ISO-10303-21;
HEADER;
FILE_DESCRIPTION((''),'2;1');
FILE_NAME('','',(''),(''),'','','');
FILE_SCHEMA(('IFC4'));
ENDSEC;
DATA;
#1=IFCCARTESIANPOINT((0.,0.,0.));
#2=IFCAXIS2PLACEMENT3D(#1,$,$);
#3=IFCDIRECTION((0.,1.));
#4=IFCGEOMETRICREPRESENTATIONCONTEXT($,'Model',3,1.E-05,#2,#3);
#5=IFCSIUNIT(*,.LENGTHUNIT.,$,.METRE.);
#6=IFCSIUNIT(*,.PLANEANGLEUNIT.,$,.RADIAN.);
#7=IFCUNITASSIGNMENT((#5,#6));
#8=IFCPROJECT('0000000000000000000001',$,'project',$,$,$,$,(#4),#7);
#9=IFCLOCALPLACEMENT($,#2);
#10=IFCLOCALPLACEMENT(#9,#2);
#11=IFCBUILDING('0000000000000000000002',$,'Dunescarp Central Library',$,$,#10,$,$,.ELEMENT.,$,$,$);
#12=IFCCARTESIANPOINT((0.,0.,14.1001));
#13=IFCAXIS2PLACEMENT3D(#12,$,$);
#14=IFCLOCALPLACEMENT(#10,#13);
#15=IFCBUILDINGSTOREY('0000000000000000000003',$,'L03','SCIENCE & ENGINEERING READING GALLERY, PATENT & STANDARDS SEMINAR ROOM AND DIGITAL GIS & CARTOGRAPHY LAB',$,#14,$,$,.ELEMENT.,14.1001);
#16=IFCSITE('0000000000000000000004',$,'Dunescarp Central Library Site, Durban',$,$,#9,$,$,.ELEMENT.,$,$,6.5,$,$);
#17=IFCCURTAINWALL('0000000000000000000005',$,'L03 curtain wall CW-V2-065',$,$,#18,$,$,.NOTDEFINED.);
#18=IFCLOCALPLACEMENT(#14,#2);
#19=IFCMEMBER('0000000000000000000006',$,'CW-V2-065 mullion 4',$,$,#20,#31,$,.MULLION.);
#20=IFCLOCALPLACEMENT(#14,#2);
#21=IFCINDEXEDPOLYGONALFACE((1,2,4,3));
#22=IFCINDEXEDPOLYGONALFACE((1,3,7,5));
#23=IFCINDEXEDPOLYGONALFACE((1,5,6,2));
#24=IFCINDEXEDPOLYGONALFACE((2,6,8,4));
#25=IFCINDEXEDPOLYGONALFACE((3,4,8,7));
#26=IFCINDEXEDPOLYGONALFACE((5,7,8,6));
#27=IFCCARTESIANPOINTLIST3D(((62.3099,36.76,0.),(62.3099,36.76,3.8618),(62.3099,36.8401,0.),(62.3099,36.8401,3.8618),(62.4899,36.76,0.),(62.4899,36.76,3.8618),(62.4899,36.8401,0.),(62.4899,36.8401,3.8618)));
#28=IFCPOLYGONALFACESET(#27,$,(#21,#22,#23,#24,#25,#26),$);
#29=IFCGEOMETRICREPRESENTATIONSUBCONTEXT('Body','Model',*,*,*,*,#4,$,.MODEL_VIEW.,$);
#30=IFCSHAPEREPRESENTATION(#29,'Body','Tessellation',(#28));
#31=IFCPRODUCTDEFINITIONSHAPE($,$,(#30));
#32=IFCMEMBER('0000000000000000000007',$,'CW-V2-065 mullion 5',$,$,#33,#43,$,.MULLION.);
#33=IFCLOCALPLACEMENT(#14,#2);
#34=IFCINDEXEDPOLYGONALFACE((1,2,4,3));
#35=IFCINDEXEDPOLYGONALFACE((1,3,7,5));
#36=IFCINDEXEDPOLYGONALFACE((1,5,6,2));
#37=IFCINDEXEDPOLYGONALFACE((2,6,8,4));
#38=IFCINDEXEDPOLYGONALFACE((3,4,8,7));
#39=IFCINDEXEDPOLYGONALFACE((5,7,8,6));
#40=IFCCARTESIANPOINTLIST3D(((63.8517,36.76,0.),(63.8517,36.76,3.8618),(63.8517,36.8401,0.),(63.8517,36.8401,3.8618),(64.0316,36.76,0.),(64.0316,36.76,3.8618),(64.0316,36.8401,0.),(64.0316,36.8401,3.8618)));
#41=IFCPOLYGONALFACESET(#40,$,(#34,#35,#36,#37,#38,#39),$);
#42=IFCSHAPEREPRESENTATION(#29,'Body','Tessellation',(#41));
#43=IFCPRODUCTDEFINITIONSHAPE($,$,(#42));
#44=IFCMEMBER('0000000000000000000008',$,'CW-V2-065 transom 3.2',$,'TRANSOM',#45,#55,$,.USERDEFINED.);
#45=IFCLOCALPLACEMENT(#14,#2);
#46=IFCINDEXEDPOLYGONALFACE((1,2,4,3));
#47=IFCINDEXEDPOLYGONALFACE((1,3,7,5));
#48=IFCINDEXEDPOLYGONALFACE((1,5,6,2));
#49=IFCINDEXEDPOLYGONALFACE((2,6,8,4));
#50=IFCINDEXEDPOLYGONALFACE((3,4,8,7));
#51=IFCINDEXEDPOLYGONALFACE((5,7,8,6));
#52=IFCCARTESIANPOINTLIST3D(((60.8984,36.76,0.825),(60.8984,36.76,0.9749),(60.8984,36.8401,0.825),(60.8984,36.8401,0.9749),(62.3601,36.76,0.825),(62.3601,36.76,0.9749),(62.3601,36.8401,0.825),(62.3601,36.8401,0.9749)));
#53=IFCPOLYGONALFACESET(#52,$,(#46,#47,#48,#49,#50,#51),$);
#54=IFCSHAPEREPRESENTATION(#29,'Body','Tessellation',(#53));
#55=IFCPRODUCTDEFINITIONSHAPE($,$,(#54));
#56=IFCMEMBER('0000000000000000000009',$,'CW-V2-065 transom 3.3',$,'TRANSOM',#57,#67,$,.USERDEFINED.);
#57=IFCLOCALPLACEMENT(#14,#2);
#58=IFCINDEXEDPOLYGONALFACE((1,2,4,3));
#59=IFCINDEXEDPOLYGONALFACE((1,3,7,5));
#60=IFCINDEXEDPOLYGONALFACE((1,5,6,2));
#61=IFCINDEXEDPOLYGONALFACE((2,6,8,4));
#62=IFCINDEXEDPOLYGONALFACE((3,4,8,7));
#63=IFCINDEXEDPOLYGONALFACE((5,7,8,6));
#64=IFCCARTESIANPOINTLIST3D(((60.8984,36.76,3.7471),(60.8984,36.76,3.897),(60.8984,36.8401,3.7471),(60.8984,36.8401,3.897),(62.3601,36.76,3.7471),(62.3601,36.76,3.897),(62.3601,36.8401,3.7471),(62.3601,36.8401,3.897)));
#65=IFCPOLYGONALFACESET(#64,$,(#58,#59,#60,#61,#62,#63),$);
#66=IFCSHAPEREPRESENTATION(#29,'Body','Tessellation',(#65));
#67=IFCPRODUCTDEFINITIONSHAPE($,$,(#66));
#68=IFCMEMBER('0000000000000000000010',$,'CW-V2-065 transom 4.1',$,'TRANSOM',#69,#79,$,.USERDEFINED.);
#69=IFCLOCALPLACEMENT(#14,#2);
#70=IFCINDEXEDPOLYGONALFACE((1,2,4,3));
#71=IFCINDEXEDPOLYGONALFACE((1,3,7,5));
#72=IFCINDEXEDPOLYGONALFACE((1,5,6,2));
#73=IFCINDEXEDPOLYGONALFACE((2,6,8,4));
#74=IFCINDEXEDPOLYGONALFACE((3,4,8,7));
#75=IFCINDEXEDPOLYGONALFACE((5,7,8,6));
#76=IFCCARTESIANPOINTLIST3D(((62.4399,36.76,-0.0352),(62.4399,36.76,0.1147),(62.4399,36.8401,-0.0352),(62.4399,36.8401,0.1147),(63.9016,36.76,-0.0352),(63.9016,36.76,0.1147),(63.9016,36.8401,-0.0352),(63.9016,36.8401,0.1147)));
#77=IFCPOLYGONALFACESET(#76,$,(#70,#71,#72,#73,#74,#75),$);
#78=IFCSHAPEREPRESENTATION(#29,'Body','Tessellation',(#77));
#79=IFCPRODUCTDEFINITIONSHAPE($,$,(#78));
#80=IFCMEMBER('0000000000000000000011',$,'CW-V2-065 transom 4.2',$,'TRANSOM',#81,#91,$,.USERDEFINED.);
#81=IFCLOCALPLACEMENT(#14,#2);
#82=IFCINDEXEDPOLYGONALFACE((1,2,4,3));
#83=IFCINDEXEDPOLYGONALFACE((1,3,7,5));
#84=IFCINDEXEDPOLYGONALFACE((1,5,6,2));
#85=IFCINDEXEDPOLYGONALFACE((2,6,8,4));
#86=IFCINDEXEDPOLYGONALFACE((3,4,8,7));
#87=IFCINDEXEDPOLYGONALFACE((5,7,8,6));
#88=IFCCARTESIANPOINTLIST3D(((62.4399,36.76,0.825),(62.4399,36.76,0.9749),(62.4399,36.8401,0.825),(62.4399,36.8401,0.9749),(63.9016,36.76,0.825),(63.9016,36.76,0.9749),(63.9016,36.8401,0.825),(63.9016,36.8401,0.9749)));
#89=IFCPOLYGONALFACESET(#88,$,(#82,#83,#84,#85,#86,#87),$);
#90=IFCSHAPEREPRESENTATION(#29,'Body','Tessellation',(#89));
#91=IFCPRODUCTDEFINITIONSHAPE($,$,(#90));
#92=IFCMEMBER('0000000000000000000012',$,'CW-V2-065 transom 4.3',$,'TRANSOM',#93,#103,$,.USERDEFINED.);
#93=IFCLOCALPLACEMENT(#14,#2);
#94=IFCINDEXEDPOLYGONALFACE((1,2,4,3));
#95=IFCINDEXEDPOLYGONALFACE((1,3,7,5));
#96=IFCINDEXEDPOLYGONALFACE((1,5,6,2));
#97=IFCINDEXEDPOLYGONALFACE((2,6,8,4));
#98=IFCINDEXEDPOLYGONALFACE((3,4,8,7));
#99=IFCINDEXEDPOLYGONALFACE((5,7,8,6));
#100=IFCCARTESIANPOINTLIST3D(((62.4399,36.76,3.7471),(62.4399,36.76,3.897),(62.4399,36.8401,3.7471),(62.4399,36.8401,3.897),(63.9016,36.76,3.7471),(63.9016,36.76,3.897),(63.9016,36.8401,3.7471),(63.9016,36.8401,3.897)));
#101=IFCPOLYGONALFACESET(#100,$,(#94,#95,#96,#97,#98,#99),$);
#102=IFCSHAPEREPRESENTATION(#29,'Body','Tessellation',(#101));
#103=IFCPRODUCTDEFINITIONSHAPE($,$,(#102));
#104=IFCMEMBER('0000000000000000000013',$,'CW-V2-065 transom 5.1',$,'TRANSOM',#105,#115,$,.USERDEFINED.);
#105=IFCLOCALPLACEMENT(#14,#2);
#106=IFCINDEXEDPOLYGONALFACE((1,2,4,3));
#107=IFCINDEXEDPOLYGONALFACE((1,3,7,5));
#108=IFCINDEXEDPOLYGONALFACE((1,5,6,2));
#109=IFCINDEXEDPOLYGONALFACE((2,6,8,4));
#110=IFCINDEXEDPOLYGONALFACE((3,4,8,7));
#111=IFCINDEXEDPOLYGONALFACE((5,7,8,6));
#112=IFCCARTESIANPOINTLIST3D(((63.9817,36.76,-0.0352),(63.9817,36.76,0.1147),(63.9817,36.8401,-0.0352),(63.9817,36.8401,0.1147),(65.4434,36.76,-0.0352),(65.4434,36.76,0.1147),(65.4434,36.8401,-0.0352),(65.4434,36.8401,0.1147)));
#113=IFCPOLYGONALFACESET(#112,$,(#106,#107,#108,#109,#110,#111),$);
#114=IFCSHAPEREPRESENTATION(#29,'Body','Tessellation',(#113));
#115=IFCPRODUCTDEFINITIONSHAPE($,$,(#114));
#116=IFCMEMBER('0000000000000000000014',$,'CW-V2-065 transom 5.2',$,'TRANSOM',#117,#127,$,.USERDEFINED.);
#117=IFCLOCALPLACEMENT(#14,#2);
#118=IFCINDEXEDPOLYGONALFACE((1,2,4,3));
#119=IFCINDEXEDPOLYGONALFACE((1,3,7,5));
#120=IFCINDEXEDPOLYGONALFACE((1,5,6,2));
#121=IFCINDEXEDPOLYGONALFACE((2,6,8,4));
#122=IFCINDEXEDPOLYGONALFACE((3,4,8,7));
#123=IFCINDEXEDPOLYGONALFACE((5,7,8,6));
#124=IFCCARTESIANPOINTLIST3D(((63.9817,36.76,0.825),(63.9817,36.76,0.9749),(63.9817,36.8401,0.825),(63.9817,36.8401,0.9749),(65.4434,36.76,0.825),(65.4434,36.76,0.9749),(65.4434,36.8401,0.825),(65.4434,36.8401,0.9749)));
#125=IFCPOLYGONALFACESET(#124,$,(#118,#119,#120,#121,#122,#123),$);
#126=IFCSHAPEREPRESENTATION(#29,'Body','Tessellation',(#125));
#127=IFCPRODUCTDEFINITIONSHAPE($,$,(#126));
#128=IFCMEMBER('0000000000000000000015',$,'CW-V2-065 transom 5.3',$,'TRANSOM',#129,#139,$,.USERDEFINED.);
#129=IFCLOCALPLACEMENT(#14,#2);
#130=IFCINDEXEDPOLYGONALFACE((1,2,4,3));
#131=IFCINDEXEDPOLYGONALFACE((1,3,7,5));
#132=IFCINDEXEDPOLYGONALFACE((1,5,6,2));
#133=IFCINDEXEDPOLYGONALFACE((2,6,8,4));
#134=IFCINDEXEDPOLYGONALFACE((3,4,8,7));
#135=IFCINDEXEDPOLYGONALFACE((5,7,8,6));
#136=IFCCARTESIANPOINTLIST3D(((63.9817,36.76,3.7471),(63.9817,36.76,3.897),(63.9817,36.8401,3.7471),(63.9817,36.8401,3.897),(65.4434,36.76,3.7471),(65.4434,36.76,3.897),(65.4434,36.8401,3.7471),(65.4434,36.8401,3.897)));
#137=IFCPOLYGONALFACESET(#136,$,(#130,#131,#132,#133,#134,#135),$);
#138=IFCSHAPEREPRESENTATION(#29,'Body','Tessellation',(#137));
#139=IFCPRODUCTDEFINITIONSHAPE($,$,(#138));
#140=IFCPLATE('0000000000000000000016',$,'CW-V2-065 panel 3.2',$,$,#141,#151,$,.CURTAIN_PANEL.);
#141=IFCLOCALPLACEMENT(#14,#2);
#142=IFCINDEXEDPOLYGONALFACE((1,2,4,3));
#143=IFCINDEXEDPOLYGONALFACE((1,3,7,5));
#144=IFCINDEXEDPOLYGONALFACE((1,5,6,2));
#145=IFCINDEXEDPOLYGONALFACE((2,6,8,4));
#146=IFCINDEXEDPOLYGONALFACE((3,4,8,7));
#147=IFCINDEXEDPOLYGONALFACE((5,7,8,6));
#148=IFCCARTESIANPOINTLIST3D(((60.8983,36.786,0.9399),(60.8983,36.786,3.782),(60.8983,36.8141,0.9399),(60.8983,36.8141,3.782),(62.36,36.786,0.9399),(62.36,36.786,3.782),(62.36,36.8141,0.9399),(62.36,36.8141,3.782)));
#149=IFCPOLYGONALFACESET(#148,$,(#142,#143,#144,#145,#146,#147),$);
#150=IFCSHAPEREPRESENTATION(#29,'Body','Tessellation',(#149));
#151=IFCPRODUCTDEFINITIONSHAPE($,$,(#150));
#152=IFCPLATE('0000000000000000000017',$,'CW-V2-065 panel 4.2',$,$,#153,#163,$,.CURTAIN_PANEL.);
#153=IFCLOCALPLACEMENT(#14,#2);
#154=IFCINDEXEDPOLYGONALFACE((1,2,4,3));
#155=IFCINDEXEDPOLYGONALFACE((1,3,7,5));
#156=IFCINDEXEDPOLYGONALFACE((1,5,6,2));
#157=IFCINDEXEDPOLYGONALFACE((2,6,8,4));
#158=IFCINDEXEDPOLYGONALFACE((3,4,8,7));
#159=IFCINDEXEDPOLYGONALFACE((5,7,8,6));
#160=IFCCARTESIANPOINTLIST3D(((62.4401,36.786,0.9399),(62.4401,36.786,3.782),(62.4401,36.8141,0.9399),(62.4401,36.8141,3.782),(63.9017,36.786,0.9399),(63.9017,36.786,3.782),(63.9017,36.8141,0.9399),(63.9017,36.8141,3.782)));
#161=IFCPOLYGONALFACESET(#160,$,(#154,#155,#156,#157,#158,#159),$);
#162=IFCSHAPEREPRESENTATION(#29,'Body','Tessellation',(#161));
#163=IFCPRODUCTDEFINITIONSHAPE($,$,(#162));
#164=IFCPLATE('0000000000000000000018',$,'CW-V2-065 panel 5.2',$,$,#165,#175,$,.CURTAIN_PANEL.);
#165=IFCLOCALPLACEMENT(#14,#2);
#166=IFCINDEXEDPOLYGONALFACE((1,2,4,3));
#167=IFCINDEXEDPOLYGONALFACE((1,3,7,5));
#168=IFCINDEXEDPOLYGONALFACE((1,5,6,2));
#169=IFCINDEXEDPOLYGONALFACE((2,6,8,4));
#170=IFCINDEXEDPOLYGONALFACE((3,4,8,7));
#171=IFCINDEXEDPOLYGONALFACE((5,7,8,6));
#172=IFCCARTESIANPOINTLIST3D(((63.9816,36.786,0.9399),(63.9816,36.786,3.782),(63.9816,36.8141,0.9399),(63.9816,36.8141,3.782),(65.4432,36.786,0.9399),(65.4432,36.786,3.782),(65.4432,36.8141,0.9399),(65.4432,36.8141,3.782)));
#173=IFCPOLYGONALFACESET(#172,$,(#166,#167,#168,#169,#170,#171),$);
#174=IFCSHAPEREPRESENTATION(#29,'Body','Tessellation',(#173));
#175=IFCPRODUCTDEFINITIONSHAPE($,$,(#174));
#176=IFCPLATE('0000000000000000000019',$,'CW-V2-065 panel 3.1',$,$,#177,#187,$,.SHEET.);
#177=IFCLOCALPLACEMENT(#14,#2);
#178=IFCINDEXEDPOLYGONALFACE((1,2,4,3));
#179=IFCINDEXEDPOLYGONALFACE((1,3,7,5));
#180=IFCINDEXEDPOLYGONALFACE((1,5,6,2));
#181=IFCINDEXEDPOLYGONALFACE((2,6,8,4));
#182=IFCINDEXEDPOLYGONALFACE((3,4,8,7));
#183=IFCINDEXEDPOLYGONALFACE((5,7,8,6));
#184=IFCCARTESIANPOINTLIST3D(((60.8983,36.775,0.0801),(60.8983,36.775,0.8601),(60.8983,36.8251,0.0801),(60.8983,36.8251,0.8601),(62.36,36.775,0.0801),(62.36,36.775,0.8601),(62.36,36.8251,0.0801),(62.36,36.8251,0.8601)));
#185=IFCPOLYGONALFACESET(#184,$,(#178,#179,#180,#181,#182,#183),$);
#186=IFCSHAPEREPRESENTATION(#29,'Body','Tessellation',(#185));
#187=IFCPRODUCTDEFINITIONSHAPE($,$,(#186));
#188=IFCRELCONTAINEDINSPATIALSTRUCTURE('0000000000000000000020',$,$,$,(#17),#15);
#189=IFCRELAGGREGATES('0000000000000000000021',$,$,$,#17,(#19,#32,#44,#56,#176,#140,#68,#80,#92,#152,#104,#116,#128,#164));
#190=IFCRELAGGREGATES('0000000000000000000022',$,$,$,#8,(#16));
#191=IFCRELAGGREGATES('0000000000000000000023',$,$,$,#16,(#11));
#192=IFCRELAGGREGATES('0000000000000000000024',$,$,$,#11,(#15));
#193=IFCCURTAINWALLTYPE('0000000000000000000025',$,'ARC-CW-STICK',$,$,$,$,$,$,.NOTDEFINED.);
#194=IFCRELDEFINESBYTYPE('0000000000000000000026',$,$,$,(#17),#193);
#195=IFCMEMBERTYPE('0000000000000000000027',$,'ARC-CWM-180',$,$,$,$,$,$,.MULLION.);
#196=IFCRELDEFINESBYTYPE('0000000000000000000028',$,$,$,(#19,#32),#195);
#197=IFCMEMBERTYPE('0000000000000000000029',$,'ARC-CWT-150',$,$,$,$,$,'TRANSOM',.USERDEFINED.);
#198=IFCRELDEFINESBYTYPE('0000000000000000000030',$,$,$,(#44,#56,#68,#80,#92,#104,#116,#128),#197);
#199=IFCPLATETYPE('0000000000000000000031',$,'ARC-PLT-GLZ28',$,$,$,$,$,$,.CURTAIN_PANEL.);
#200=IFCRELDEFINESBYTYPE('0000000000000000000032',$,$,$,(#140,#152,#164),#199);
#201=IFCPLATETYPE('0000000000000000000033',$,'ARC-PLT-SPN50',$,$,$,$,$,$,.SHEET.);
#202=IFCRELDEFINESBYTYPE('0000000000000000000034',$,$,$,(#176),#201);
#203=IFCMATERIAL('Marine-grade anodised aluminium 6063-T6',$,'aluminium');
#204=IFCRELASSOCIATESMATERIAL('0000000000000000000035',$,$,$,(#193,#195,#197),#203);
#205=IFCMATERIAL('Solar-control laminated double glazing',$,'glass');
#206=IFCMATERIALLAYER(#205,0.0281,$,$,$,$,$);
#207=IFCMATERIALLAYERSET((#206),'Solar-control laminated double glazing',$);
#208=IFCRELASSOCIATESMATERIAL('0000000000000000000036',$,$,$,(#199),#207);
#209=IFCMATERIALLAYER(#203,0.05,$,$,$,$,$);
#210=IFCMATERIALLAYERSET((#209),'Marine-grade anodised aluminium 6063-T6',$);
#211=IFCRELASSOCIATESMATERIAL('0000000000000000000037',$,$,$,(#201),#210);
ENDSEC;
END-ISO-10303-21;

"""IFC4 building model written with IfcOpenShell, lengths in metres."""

from ifc_helpers import new_model, si_unit, direction, frame, origin, origin_2d, place, context, subcontext, project, spatial, rectangle, extrude, material, layer, layer_set, material_profile, profile_set, type_object, element, aggregate, save


model = new_model("IFC4")

# Units and contexts
model_context = context("Model", 3, precision=1e-05, world=origin(), true_north=direction((0.0, 1.0)))
body_context = subcontext(model_context, "Body", "Model", "MODEL_VIEW")
ifc_project = project(units=[si_unit("LENGTHUNIT", "METRE"), si_unit("PLANEANGLEUNIT", "RADIAN")], contexts=[model_context])

# Site, building, storey
site_placement = place(None, origin())
site = spatial("IfcSite", under=ifc_project, at=site_placement, Name="Dunescarp Central Library Site, Durban", CompositionType="ELEMENT", RefElevation=6.5)
building_placement = place(site_placement, origin())
building = spatial("IfcBuilding", under=site, at=building_placement, Name="Dunescarp Central Library", CompositionType="ELEMENT")
storey_placement = place(building_placement, frame((0.0, 0.0, 14.1001)))
storey = spatial("IfcBuildingStorey", under=building, at=storey_placement, Name="L03", Description="SCIENCE & ENGINEERING READING GALLERY, PATENT & STANDARDS SEMINAR ROOM AND DIGITAL GIS & CARTOGRAPHY LAB", CompositionType="ELEMENT", Elevation=14.1001)

# Curtain wall, members, plates
ifc_material_1 = material(Name="Marine-grade anodised aluminium 6063-T6", Category="aluminium")
curtain_wall_type = type_object("IfcCurtainWallType", Name="ARC-CW-STICK", PredefinedType="NOTDEFINED", material=ifc_material_1)
curtain_wall_placement = place(storey_placement, origin())
curtain_wall = element("IfcCurtainWall", 1, at=curtain_wall_placement, inside=storey, type_object=curtain_wall_type, Name="L03 curtain wall CW-V2-065", PredefinedType="NOTDEFINED")
ifc_material_profile_1 = material_profile(ifc_material_1, rectangle(XDim=0.0801, YDim=0.1799, at=origin_2d()), Name="AL 80x180")
ifc_profile_set_1 = profile_set([ifc_material_profile_1], Name="Marine-grade anodised aluminium 6063-T6")
member_type_1 = type_object("IfcMemberType", Name="ARC-CWM-180", PredefinedType="MULLION", material=ifc_profile_set_1)
member_1_placement = place(storey_placement, frame((62.3999, 36.8, 0.0), z_axis=(0.0, 0.0, 1.0), x_axis=(0.0, 1.0, 0.0)))
member_1 = element("IfcMember", 2, at=member_1_placement, type_object=member_type_1, Name="CW-V2-065 mullion 4", PredefinedType="MULLION", context=body_context, shape_type="SweptSolid", body=[
    extrude(rectangle(XDim=0.0801, YDim=0.1799, at=origin_2d()), origin(), (0.0, 0.0, 1.0), 3.8618),
])
member_2_placement = place(storey_placement, frame((63.9417, 36.8, 0.0), z_axis=(0.0, 0.0, 1.0), x_axis=(0.0, 1.0, 0.0)))
member_2 = element("IfcMember", 3, at=member_2_placement, type_object=member_type_1, Name="CW-V2-065 mullion 5", PredefinedType="MULLION", context=body_context, shape_type="SweptSolid", body=[
    extrude(rectangle(XDim=0.0801, YDim=0.1799, at=origin_2d()), origin(), (0.0, 0.0, 1.0), 3.8618),
])
ifc_material_profile_2 = material_profile(ifc_material_1, rectangle(XDim=0.0801, YDim=0.1499, at=origin_2d()), Name="AL 80x150")
ifc_profile_set_2 = profile_set([ifc_material_profile_2], Name="Marine-grade anodised aluminium 6063-T6")
member_type_2 = type_object("IfcMemberType", Name="ARC-CWT-150", ElementType="TRANSOM", PredefinedType="USERDEFINED", material=ifc_profile_set_2)
member_3_placement = place(storey_placement, frame((60.8984, 36.8, 0.8999), z_axis=(1.0, 0.0, 0.0), x_axis=(0.0, 1.0, 0.0)))
member_3 = element("IfcMember", 4, at=member_3_placement, type_object=member_type_2, Name="CW-V2-065 transom 3.2", ObjectType="TRANSOM", PredefinedType="USERDEFINED", context=body_context, shape_type="SweptSolid", body=[
    extrude(rectangle(XDim=0.0801, YDim=0.1499, at=origin_2d()), origin(), (0.0, 0.0, 1.0), 1.4617),
])
member_4_placement = place(storey_placement, frame((60.8984, 36.8, 3.822), z_axis=(1.0, 0.0, 0.0), x_axis=(0.0, 1.0, 0.0)))
member_4 = element("IfcMember", 5, at=member_4_placement, type_object=member_type_2, Name="CW-V2-065 transom 3.3", ObjectType="TRANSOM", PredefinedType="USERDEFINED", context=body_context, shape_type="SweptSolid", body=[
    extrude(rectangle(XDim=0.0801, YDim=0.1499, at=origin_2d()), origin(), (0.0, 0.0, 1.0), 1.4617),
])
member_5_placement = place(storey_placement, frame((62.4399, 36.8, 0.0398), z_axis=(1.0, 0.0, 0.0), x_axis=(0.0, 1.0, 0.0)))
member_5 = element("IfcMember", 6, at=member_5_placement, type_object=member_type_2, Name="CW-V2-065 transom 4.1", ObjectType="TRANSOM", PredefinedType="USERDEFINED", context=body_context, shape_type="SweptSolid", body=[
    extrude(rectangle(XDim=0.0801, YDim=0.1499, at=origin_2d()), origin(), (0.0, 0.0, 1.0), 1.4617),
])
member_6_placement = place(storey_placement, frame((62.4399, 36.8, 0.8999), z_axis=(1.0, 0.0, 0.0), x_axis=(0.0, 1.0, 0.0)))
member_6 = element("IfcMember", 7, at=member_6_placement, type_object=member_type_2, Name="CW-V2-065 transom 4.2", ObjectType="TRANSOM", PredefinedType="USERDEFINED", context=body_context, shape_type="SweptSolid", body=[
    extrude(rectangle(XDim=0.0801, YDim=0.1499, at=origin_2d()), origin(), (0.0, 0.0, 1.0), 1.4617),
])
member_7_placement = place(storey_placement, frame((62.4399, 36.8, 3.822), z_axis=(1.0, 0.0, 0.0), x_axis=(0.0, 1.0, 0.0)))
member_7 = element("IfcMember", 8, at=member_7_placement, type_object=member_type_2, Name="CW-V2-065 transom 4.3", ObjectType="TRANSOM", PredefinedType="USERDEFINED", context=body_context, shape_type="SweptSolid", body=[
    extrude(rectangle(XDim=0.0801, YDim=0.1499, at=origin_2d()), origin(), (0.0, 0.0, 1.0), 1.4617),
])
member_8_placement = place(storey_placement, frame((63.9817, 36.8, 0.0398), z_axis=(1.0, 0.0, 0.0), x_axis=(0.0, 1.0, 0.0)))
member_8 = element("IfcMember", 9, at=member_8_placement, type_object=member_type_2, Name="CW-V2-065 transom 5.1", ObjectType="TRANSOM", PredefinedType="USERDEFINED", context=body_context, shape_type="SweptSolid", body=[
    extrude(rectangle(XDim=0.0801, YDim=0.1499, at=origin_2d()), origin(), (0.0, 0.0, 1.0), 1.4617),
])
member_9_placement = place(storey_placement, frame((63.9817, 36.8, 0.8999), z_axis=(1.0, 0.0, 0.0), x_axis=(0.0, 1.0, 0.0)))
member_9 = element("IfcMember", 10, at=member_9_placement, type_object=member_type_2, Name="CW-V2-065 transom 5.2", ObjectType="TRANSOM", PredefinedType="USERDEFINED", context=body_context, shape_type="SweptSolid", body=[
    extrude(rectangle(XDim=0.0801, YDim=0.1499, at=origin_2d()), origin(), (0.0, 0.0, 1.0), 1.4617),
])
member_10_placement = place(storey_placement, frame((63.9817, 36.8, 3.822), z_axis=(1.0, 0.0, 0.0), x_axis=(0.0, 1.0, 0.0)))
member_10 = element("IfcMember", 11, at=member_10_placement, type_object=member_type_2, Name="CW-V2-065 transom 5.3", ObjectType="TRANSOM", PredefinedType="USERDEFINED", context=body_context, shape_type="SweptSolid", body=[
    extrude(rectangle(XDim=0.0801, YDim=0.1499, at=origin_2d()), origin(), (0.0, 0.0, 1.0), 1.4617),
])
ifc_material_2 = material(Name="Solar-control laminated double glazing", Category="glass")
ifc_layer_1 = layer(ifc_material_2, 0.0281)
ifc_layer_set_1 = layer_set([ifc_layer_1], Name="Solar-control laminated double glazing")
plate_type_1 = type_object("IfcPlateType", Name="ARC-PLT-GLZ28", PredefinedType="CURTAIN_PANEL", material=ifc_layer_set_1)
plate_1_placement = place(storey_placement, frame((61.6292, 36.8, 0.9399), z_axis=(0.0, 0.0, 1.0), x_axis=(1.0, 0.0, 0.0)))
plate_1 = element("IfcPlate", 12, at=plate_1_placement, type_object=plate_type_1, Name="CW-V2-065 panel 3.2", PredefinedType="CURTAIN_PANEL", context=body_context, shape_type="SweptSolid", body=[
    extrude(rectangle(XDim=1.4617, YDim=0.0281, at=origin_2d()), origin(), (0.0, 0.0, 1.0), 2.842),
])
plate_2_placement = place(storey_placement, frame((63.1709, 36.8, 0.9399), z_axis=(0.0, 0.0, 1.0), x_axis=(1.0, 0.0, 0.0)))
plate_2 = element("IfcPlate", 13, at=plate_2_placement, type_object=plate_type_1, Name="CW-V2-065 panel 4.2", PredefinedType="CURTAIN_PANEL", context=body_context, shape_type="SweptSolid", body=[
    extrude(rectangle(XDim=1.4617, YDim=0.0281, at=origin_2d()), origin(), (0.0, 0.0, 1.0), 2.842),
])
plate_3_placement = place(storey_placement, frame((64.7124, 36.8, 0.9399), z_axis=(0.0, 0.0, 1.0), x_axis=(1.0, 0.0, 0.0)))
plate_3 = element("IfcPlate", 14, at=plate_3_placement, type_object=plate_type_1, Name="CW-V2-065 panel 5.2", PredefinedType="CURTAIN_PANEL", context=body_context, shape_type="SweptSolid", body=[
    extrude(rectangle(XDim=1.4617, YDim=0.0281, at=origin_2d()), origin(), (0.0, 0.0, 1.0), 2.842),
])
ifc_layer_2 = layer(ifc_material_1, 0.05)
ifc_layer_set_2 = layer_set([ifc_layer_2], Name="Marine-grade anodised aluminium 6063-T6")
plate_type_2 = type_object("IfcPlateType", Name="ARC-PLT-SPN50", PredefinedType="SHEET", material=ifc_layer_set_2)
plate_4_placement = place(storey_placement, frame((61.6292, 36.8, 0.0801), z_axis=(0.0, 0.0, 1.0), x_axis=(1.0, 0.0, 0.0)))
plate_4 = element("IfcPlate", 15, at=plate_4_placement, type_object=plate_type_2, Name="CW-V2-065 panel 3.1", PredefinedType="SHEET", context=body_context, shape_type="SweptSolid", body=[
    extrude(rectangle(XDim=1.4617, YDim=0.05, at=origin_2d()), origin(), (0.0, 0.0, 1.0), 0.78),
])
aggregate(curtain_wall, [member_1, member_2, member_3, member_4, plate_4, plate_1, member_5, member_6, member_7, plate_2, member_8, member_9, member_10, plate_3])

save(model, "model.ifc")
